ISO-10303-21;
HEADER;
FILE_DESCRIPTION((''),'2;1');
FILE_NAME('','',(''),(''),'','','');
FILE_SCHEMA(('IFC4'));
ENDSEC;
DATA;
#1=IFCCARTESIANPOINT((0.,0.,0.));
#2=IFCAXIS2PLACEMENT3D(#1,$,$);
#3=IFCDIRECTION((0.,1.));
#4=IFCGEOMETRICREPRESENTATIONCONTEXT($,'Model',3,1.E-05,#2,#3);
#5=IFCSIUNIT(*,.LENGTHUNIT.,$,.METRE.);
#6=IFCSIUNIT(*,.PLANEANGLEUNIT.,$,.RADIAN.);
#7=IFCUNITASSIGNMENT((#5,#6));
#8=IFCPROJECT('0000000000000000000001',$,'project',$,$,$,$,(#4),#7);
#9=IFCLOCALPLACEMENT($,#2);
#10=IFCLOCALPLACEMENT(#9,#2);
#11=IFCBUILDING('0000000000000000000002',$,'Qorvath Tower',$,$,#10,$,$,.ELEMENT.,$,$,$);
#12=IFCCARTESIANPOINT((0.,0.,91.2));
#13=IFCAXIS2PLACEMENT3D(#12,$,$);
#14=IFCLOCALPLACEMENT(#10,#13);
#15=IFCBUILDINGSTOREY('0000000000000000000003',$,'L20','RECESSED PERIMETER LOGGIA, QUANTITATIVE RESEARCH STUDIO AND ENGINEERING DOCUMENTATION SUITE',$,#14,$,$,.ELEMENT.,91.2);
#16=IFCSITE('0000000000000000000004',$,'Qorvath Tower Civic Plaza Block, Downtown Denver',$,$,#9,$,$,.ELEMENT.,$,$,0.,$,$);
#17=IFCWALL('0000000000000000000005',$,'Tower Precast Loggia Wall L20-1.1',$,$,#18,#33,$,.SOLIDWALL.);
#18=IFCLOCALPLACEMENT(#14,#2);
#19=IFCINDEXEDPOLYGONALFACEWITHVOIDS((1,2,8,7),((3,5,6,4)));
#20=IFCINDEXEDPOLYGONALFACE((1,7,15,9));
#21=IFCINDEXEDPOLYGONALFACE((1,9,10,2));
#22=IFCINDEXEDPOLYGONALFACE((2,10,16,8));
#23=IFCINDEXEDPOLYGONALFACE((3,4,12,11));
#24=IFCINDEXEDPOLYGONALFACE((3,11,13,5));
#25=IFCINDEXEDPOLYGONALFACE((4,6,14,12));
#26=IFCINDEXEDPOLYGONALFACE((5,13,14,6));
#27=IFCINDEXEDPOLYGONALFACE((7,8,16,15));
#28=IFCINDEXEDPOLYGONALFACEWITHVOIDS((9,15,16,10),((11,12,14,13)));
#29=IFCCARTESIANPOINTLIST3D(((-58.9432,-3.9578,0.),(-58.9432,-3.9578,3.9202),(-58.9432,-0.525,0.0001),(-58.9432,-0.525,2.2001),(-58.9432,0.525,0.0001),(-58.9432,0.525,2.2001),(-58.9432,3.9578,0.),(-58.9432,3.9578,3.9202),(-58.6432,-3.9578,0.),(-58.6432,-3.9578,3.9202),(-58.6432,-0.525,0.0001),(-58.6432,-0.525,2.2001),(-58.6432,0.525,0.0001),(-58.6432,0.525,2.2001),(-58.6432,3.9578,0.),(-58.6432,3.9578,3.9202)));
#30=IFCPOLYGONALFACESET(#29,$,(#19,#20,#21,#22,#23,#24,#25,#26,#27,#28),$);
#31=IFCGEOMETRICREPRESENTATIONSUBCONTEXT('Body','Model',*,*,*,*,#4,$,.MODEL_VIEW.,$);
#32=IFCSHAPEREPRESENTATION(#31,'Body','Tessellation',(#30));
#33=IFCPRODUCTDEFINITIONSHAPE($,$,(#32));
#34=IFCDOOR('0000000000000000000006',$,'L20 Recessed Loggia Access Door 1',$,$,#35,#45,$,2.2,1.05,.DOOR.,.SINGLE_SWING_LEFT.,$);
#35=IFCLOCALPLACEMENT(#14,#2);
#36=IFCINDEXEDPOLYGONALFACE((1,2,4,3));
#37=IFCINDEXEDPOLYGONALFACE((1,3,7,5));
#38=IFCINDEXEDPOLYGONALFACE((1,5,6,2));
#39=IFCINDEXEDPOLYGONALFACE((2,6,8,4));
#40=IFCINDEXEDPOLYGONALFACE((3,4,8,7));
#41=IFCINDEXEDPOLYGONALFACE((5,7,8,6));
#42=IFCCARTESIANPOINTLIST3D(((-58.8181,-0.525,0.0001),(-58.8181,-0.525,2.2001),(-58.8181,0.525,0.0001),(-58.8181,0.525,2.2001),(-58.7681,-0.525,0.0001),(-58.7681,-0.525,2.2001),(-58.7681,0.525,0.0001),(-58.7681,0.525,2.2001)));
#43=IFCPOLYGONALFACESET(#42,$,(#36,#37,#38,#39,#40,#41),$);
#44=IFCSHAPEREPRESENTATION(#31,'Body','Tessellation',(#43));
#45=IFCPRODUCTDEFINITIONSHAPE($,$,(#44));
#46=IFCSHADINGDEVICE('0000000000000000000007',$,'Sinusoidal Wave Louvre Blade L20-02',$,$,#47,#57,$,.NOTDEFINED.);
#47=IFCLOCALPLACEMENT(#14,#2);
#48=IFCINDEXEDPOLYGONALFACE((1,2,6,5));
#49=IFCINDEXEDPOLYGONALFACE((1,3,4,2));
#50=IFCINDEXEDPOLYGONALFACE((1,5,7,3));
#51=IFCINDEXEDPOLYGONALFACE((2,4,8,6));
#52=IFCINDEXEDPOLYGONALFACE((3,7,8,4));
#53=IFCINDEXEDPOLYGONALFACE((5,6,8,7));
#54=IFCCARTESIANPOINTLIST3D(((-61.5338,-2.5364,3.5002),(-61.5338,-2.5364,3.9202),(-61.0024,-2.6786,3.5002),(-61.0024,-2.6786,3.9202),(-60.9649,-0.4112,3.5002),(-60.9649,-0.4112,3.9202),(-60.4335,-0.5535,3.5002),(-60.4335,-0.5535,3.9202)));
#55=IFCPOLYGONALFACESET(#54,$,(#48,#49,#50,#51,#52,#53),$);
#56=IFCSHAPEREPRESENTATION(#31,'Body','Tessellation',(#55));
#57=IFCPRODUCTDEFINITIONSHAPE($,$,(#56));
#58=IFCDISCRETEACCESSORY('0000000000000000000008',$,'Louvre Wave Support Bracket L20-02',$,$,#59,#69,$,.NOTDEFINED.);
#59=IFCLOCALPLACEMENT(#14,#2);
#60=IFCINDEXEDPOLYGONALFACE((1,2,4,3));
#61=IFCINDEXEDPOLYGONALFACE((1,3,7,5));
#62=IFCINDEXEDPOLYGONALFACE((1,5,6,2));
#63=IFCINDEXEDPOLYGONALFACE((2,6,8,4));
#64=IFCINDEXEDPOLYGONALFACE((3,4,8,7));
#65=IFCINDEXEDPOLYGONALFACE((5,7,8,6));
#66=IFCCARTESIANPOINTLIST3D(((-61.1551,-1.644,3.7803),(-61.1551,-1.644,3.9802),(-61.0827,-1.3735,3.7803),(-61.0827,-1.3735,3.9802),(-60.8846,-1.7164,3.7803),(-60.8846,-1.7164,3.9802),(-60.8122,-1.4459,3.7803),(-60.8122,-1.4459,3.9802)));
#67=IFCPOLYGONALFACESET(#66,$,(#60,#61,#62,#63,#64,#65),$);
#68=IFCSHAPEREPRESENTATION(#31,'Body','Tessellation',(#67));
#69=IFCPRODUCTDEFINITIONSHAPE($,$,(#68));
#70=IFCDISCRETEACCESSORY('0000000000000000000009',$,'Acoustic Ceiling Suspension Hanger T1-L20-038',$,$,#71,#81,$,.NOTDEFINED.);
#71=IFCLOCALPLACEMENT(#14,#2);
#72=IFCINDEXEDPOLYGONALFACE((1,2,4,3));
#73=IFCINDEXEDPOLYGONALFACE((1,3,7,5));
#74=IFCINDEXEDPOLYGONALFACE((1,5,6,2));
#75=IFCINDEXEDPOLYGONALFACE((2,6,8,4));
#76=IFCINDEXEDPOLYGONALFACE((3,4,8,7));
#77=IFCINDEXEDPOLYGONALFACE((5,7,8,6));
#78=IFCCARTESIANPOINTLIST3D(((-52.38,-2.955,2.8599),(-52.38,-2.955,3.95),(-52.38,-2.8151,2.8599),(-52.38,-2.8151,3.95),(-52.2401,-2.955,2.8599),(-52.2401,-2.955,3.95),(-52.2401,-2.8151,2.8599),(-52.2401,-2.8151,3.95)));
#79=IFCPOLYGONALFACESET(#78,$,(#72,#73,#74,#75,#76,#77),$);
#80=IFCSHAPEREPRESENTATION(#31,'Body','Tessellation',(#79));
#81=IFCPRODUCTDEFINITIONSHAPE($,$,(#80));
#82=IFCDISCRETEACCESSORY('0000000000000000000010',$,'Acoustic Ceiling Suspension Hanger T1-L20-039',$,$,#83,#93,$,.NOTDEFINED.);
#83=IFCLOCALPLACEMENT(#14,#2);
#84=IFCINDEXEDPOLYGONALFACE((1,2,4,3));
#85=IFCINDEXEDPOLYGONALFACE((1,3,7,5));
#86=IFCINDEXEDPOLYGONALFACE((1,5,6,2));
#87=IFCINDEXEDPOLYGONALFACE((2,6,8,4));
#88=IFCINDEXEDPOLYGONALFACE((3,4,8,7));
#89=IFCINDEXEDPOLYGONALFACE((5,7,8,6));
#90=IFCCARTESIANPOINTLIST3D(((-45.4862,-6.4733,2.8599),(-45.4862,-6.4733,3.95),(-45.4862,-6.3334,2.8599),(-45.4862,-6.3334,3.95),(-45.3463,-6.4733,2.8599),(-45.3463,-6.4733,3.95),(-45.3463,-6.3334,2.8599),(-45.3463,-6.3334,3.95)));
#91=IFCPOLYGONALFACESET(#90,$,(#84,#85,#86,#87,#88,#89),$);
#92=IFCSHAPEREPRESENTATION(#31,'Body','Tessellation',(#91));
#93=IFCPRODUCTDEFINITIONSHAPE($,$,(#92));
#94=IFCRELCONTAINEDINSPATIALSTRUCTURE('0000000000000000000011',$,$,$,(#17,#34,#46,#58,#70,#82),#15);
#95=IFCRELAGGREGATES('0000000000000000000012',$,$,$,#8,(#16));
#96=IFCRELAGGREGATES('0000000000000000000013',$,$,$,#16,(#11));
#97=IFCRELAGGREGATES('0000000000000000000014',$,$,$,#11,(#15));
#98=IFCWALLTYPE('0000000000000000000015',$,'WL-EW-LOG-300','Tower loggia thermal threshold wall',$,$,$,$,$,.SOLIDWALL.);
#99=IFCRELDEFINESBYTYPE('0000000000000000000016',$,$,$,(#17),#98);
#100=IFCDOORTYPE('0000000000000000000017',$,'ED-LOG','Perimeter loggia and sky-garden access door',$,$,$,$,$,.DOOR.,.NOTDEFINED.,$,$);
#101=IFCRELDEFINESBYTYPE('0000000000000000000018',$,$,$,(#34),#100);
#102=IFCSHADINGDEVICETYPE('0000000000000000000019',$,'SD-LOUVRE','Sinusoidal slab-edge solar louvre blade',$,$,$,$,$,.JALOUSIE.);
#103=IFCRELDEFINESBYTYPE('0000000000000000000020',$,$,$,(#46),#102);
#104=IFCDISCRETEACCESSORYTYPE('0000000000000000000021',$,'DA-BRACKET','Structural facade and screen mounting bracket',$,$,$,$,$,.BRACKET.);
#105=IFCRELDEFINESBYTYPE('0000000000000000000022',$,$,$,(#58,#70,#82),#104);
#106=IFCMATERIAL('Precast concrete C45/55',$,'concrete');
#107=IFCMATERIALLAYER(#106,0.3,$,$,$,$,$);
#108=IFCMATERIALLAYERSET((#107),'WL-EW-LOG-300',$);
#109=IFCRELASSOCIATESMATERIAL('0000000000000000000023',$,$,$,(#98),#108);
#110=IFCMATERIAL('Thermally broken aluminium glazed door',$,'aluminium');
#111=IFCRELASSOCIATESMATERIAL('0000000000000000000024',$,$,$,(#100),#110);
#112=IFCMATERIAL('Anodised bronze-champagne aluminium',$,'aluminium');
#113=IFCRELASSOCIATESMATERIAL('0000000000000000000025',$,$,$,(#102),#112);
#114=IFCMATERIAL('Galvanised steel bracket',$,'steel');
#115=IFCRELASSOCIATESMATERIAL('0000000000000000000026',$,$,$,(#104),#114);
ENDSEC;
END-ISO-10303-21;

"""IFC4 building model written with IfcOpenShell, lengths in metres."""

from ifc_helpers import new_model, si_unit, direction, frame, frame_2d, origin, origin_2d, place, context, subcontext, project, spatial, rectangle, extrude, material, layer, layer_set, type_object, element, fill, save


model = new_model("IFC4")

# Units and contexts
model_context = context("Model", 3, precision=1e-05, world=origin(), true_north=direction((0.0, 1.0)))
body_context = subcontext(model_context, "Body", "Model", "MODEL_VIEW")
ifc_project = project(units=[si_unit("LENGTHUNIT", "METRE"), si_unit("PLANEANGLEUNIT", "RADIAN")], contexts=[model_context])

# Site, building, storey
site_placement = place(None, origin())
site = spatial("IfcSite", under=ifc_project, at=site_placement, Name="Qorvath Tower Civic Plaza Block, Downtown Denver", CompositionType="ELEMENT", RefElevation=0.0)
building_placement = place(site_placement, origin())
building = spatial("IfcBuilding", under=site, at=building_placement, Name="Qorvath Tower", CompositionType="ELEMENT")
storey_placement = place(building_placement, frame((0.0, 0.0, 91.2)))
storey = spatial("IfcBuildingStorey", under=building, at=storey_placement, Name="L20", Description="RECESSED PERIMETER LOGGIA, QUANTITATIVE RESEARCH STUDIO AND ENGINEERING DOCUMENTATION SUITE", CompositionType="ELEMENT", Elevation=91.2)

# Wall, opening, door
ifc_material_1 = material(Name="Precast concrete C45/55", Category="concrete")
ifc_layer_1 = layer(ifc_material_1, 0.3)
ifc_layer_set_1 = layer_set([ifc_layer_1], Name="WL-EW-LOG-300")
wall_type_1 = type_object("IfcWallType", Name="WL-EW-LOG-300", Description="Tower loggia thermal threshold wall", PredefinedType="SOLIDWALL", material=ifc_layer_set_1)
wall_1_placement = place(storey_placement, frame((-58.7932, -3.9578, 0.0), z_axis=(0.0, 0.0, 1.0), x_axis=(0.0, 1.0, 0.0)))
wall_1 = element("IfcWall", 1, at=wall_1_placement, inside=storey, type_object=wall_type_1, Name="Tower Precast Loggia Wall L20-1.1", PredefinedType="SOLIDWALL", context=body_context, shape_type="SweptSolid", body=[
    extrude(rectangle(XDim=7.9155, YDim=0.3, at=frame_2d((3.9578, 0.0))), origin(), (0.0, 0.0, 1.0), 3.9202),
])
opening_1_placement = place(wall_1_placement, frame((3.4329, 0.0, 0.0)))
opening_1 = element("IfcOpeningElement", 2, at=opening_1_placement, cuts=wall_1, PredefinedType="OPENING", context=body_context, shape_type="SweptSolid", body=[
    extrude(rectangle(XDim=1.05, YDim=2.2, at=frame_2d((0.5249, 1.1001))), frame((0.0, 0.1602, 0.0), z_axis=(0.0, -1.0, 0.0), x_axis=(1.0, 0.0, 0.0)), (0.0, 0.0, 1.0), 0.3201),
])
ifc_material_2 = material(Name="Thermally broken aluminium glazed door", Category="aluminium")
door_type_1 = type_object("IfcDoorType", Name="ED-LOG", Description="Perimeter loggia and sky-garden access door", OperationType="NOTDEFINED", PredefinedType="DOOR", material=ifc_material_2)
door_1_placement = place(opening_1_placement, origin())
door_1 = element("IfcDoor", 3, at=door_1_placement, inside=storey, type_object=door_type_1, Name="L20 Recessed Loggia Access Door 1", OperationType="SINGLE_SWING_LEFT", OverallHeight=2.2, OverallWidth=1.05, PredefinedType="DOOR", context=body_context, shape_type="SweptSolid", body=[
    extrude(rectangle(XDim=1.05, YDim=2.2, at=frame_2d((0.5249, 1.1001))), frame((0.0, 0.0249, 0.0), z_axis=(0.0, -1.0, 0.0), x_axis=(1.0, 0.0, 0.0)), (0.0, 0.0, 1.0), 0.05),
])
fill(opening_1, door_1)

# Shading device
ifc_material_3 = material(Name="Anodised bronze-champagne aluminium", Category="aluminium")
shading_device_type = type_object("IfcShadingDeviceType", Name="SD-LOUVRE", Description="Sinusoidal slab-edge solar louvre blade", PredefinedType="JALOUSIE", material=ifc_material_3)
shading_device_placement = place(storey_placement, frame((-60.9836, -1.5449, 3.5002), z_axis=(0.0, 0.0, 1.0), x_axis=(-0.258597, -0.965985, 0.0)))
element("IfcShadingDevice", 4, at=shading_device_placement, inside=storey, type_object=shading_device_type, Name="Sinusoidal Wave Louvre Blade L20-02", PredefinedType="NOTDEFINED", context=body_context, shape_type="SweptSolid", body=[
    extrude(rectangle(XDim=2.2, YDim=0.55, at=origin_2d()), origin(), (0.0, 0.0, 1.0), 0.4199),
])

# Discrete accessories
ifc_material_4 = material(Name="Galvanised steel bracket", Category="steel")
discrete_accessory_type = type_object("IfcDiscreteAccessoryType", Name="DA-BRACKET", Description="Structural facade and screen mounting bracket", PredefinedType="BRACKET", material=ifc_material_4)
discrete_accessory_placement = place(storey_placement, frame((-60.9836, -1.5449, 3.7803), z_axis=(0.0, 0.0, 1.0), x_axis=(-0.258597, -0.965985, 0.0)))
element("IfcDiscreteAccessory", 5, at=discrete_accessory_placement, inside=storey, type_object=discrete_accessory_type, Name="Louvre Wave Support Bracket L20-02", PredefinedType="NOTDEFINED", context=body_context, shape_type="SweptSolid", body=[
    extrude(rectangle(XDim=0.28, YDim=0.28, at=origin_2d()), origin(), (0.0, 0.0, 1.0), 0.2),
])
for number, where, z_axis, x_axis, name in (
    (6, (-52.3101, -2.885, 2.8599), (0.0, 0.0, 1.0), (1.0, 0.0, 0.0), "Acoustic Ceiling Suspension Hanger T1-L20-038"),
    (7, (-45.4163, -6.4033, 2.8599), (0.0, 0.0, 1.0), (1.0, 0.0, 0.0), "Acoustic Ceiling Suspension Hanger T1-L20-039"),
):
    element("IfcDiscreteAccessory", number, at=place(storey_placement, frame(where, z_axis=z_axis, x_axis=x_axis)), inside=storey, type_object=discrete_accessory_type, Name=name, PredefinedType="NOTDEFINED", context=body_context, shape_type="SweptSolid", body=[
        extrude(rectangle(XDim=0.1399, YDim=0.1399, at=origin_2d()), origin(), (0.0, 0.0, 1.0), 1.0901),
    ])

save(model, "model.ifc")
